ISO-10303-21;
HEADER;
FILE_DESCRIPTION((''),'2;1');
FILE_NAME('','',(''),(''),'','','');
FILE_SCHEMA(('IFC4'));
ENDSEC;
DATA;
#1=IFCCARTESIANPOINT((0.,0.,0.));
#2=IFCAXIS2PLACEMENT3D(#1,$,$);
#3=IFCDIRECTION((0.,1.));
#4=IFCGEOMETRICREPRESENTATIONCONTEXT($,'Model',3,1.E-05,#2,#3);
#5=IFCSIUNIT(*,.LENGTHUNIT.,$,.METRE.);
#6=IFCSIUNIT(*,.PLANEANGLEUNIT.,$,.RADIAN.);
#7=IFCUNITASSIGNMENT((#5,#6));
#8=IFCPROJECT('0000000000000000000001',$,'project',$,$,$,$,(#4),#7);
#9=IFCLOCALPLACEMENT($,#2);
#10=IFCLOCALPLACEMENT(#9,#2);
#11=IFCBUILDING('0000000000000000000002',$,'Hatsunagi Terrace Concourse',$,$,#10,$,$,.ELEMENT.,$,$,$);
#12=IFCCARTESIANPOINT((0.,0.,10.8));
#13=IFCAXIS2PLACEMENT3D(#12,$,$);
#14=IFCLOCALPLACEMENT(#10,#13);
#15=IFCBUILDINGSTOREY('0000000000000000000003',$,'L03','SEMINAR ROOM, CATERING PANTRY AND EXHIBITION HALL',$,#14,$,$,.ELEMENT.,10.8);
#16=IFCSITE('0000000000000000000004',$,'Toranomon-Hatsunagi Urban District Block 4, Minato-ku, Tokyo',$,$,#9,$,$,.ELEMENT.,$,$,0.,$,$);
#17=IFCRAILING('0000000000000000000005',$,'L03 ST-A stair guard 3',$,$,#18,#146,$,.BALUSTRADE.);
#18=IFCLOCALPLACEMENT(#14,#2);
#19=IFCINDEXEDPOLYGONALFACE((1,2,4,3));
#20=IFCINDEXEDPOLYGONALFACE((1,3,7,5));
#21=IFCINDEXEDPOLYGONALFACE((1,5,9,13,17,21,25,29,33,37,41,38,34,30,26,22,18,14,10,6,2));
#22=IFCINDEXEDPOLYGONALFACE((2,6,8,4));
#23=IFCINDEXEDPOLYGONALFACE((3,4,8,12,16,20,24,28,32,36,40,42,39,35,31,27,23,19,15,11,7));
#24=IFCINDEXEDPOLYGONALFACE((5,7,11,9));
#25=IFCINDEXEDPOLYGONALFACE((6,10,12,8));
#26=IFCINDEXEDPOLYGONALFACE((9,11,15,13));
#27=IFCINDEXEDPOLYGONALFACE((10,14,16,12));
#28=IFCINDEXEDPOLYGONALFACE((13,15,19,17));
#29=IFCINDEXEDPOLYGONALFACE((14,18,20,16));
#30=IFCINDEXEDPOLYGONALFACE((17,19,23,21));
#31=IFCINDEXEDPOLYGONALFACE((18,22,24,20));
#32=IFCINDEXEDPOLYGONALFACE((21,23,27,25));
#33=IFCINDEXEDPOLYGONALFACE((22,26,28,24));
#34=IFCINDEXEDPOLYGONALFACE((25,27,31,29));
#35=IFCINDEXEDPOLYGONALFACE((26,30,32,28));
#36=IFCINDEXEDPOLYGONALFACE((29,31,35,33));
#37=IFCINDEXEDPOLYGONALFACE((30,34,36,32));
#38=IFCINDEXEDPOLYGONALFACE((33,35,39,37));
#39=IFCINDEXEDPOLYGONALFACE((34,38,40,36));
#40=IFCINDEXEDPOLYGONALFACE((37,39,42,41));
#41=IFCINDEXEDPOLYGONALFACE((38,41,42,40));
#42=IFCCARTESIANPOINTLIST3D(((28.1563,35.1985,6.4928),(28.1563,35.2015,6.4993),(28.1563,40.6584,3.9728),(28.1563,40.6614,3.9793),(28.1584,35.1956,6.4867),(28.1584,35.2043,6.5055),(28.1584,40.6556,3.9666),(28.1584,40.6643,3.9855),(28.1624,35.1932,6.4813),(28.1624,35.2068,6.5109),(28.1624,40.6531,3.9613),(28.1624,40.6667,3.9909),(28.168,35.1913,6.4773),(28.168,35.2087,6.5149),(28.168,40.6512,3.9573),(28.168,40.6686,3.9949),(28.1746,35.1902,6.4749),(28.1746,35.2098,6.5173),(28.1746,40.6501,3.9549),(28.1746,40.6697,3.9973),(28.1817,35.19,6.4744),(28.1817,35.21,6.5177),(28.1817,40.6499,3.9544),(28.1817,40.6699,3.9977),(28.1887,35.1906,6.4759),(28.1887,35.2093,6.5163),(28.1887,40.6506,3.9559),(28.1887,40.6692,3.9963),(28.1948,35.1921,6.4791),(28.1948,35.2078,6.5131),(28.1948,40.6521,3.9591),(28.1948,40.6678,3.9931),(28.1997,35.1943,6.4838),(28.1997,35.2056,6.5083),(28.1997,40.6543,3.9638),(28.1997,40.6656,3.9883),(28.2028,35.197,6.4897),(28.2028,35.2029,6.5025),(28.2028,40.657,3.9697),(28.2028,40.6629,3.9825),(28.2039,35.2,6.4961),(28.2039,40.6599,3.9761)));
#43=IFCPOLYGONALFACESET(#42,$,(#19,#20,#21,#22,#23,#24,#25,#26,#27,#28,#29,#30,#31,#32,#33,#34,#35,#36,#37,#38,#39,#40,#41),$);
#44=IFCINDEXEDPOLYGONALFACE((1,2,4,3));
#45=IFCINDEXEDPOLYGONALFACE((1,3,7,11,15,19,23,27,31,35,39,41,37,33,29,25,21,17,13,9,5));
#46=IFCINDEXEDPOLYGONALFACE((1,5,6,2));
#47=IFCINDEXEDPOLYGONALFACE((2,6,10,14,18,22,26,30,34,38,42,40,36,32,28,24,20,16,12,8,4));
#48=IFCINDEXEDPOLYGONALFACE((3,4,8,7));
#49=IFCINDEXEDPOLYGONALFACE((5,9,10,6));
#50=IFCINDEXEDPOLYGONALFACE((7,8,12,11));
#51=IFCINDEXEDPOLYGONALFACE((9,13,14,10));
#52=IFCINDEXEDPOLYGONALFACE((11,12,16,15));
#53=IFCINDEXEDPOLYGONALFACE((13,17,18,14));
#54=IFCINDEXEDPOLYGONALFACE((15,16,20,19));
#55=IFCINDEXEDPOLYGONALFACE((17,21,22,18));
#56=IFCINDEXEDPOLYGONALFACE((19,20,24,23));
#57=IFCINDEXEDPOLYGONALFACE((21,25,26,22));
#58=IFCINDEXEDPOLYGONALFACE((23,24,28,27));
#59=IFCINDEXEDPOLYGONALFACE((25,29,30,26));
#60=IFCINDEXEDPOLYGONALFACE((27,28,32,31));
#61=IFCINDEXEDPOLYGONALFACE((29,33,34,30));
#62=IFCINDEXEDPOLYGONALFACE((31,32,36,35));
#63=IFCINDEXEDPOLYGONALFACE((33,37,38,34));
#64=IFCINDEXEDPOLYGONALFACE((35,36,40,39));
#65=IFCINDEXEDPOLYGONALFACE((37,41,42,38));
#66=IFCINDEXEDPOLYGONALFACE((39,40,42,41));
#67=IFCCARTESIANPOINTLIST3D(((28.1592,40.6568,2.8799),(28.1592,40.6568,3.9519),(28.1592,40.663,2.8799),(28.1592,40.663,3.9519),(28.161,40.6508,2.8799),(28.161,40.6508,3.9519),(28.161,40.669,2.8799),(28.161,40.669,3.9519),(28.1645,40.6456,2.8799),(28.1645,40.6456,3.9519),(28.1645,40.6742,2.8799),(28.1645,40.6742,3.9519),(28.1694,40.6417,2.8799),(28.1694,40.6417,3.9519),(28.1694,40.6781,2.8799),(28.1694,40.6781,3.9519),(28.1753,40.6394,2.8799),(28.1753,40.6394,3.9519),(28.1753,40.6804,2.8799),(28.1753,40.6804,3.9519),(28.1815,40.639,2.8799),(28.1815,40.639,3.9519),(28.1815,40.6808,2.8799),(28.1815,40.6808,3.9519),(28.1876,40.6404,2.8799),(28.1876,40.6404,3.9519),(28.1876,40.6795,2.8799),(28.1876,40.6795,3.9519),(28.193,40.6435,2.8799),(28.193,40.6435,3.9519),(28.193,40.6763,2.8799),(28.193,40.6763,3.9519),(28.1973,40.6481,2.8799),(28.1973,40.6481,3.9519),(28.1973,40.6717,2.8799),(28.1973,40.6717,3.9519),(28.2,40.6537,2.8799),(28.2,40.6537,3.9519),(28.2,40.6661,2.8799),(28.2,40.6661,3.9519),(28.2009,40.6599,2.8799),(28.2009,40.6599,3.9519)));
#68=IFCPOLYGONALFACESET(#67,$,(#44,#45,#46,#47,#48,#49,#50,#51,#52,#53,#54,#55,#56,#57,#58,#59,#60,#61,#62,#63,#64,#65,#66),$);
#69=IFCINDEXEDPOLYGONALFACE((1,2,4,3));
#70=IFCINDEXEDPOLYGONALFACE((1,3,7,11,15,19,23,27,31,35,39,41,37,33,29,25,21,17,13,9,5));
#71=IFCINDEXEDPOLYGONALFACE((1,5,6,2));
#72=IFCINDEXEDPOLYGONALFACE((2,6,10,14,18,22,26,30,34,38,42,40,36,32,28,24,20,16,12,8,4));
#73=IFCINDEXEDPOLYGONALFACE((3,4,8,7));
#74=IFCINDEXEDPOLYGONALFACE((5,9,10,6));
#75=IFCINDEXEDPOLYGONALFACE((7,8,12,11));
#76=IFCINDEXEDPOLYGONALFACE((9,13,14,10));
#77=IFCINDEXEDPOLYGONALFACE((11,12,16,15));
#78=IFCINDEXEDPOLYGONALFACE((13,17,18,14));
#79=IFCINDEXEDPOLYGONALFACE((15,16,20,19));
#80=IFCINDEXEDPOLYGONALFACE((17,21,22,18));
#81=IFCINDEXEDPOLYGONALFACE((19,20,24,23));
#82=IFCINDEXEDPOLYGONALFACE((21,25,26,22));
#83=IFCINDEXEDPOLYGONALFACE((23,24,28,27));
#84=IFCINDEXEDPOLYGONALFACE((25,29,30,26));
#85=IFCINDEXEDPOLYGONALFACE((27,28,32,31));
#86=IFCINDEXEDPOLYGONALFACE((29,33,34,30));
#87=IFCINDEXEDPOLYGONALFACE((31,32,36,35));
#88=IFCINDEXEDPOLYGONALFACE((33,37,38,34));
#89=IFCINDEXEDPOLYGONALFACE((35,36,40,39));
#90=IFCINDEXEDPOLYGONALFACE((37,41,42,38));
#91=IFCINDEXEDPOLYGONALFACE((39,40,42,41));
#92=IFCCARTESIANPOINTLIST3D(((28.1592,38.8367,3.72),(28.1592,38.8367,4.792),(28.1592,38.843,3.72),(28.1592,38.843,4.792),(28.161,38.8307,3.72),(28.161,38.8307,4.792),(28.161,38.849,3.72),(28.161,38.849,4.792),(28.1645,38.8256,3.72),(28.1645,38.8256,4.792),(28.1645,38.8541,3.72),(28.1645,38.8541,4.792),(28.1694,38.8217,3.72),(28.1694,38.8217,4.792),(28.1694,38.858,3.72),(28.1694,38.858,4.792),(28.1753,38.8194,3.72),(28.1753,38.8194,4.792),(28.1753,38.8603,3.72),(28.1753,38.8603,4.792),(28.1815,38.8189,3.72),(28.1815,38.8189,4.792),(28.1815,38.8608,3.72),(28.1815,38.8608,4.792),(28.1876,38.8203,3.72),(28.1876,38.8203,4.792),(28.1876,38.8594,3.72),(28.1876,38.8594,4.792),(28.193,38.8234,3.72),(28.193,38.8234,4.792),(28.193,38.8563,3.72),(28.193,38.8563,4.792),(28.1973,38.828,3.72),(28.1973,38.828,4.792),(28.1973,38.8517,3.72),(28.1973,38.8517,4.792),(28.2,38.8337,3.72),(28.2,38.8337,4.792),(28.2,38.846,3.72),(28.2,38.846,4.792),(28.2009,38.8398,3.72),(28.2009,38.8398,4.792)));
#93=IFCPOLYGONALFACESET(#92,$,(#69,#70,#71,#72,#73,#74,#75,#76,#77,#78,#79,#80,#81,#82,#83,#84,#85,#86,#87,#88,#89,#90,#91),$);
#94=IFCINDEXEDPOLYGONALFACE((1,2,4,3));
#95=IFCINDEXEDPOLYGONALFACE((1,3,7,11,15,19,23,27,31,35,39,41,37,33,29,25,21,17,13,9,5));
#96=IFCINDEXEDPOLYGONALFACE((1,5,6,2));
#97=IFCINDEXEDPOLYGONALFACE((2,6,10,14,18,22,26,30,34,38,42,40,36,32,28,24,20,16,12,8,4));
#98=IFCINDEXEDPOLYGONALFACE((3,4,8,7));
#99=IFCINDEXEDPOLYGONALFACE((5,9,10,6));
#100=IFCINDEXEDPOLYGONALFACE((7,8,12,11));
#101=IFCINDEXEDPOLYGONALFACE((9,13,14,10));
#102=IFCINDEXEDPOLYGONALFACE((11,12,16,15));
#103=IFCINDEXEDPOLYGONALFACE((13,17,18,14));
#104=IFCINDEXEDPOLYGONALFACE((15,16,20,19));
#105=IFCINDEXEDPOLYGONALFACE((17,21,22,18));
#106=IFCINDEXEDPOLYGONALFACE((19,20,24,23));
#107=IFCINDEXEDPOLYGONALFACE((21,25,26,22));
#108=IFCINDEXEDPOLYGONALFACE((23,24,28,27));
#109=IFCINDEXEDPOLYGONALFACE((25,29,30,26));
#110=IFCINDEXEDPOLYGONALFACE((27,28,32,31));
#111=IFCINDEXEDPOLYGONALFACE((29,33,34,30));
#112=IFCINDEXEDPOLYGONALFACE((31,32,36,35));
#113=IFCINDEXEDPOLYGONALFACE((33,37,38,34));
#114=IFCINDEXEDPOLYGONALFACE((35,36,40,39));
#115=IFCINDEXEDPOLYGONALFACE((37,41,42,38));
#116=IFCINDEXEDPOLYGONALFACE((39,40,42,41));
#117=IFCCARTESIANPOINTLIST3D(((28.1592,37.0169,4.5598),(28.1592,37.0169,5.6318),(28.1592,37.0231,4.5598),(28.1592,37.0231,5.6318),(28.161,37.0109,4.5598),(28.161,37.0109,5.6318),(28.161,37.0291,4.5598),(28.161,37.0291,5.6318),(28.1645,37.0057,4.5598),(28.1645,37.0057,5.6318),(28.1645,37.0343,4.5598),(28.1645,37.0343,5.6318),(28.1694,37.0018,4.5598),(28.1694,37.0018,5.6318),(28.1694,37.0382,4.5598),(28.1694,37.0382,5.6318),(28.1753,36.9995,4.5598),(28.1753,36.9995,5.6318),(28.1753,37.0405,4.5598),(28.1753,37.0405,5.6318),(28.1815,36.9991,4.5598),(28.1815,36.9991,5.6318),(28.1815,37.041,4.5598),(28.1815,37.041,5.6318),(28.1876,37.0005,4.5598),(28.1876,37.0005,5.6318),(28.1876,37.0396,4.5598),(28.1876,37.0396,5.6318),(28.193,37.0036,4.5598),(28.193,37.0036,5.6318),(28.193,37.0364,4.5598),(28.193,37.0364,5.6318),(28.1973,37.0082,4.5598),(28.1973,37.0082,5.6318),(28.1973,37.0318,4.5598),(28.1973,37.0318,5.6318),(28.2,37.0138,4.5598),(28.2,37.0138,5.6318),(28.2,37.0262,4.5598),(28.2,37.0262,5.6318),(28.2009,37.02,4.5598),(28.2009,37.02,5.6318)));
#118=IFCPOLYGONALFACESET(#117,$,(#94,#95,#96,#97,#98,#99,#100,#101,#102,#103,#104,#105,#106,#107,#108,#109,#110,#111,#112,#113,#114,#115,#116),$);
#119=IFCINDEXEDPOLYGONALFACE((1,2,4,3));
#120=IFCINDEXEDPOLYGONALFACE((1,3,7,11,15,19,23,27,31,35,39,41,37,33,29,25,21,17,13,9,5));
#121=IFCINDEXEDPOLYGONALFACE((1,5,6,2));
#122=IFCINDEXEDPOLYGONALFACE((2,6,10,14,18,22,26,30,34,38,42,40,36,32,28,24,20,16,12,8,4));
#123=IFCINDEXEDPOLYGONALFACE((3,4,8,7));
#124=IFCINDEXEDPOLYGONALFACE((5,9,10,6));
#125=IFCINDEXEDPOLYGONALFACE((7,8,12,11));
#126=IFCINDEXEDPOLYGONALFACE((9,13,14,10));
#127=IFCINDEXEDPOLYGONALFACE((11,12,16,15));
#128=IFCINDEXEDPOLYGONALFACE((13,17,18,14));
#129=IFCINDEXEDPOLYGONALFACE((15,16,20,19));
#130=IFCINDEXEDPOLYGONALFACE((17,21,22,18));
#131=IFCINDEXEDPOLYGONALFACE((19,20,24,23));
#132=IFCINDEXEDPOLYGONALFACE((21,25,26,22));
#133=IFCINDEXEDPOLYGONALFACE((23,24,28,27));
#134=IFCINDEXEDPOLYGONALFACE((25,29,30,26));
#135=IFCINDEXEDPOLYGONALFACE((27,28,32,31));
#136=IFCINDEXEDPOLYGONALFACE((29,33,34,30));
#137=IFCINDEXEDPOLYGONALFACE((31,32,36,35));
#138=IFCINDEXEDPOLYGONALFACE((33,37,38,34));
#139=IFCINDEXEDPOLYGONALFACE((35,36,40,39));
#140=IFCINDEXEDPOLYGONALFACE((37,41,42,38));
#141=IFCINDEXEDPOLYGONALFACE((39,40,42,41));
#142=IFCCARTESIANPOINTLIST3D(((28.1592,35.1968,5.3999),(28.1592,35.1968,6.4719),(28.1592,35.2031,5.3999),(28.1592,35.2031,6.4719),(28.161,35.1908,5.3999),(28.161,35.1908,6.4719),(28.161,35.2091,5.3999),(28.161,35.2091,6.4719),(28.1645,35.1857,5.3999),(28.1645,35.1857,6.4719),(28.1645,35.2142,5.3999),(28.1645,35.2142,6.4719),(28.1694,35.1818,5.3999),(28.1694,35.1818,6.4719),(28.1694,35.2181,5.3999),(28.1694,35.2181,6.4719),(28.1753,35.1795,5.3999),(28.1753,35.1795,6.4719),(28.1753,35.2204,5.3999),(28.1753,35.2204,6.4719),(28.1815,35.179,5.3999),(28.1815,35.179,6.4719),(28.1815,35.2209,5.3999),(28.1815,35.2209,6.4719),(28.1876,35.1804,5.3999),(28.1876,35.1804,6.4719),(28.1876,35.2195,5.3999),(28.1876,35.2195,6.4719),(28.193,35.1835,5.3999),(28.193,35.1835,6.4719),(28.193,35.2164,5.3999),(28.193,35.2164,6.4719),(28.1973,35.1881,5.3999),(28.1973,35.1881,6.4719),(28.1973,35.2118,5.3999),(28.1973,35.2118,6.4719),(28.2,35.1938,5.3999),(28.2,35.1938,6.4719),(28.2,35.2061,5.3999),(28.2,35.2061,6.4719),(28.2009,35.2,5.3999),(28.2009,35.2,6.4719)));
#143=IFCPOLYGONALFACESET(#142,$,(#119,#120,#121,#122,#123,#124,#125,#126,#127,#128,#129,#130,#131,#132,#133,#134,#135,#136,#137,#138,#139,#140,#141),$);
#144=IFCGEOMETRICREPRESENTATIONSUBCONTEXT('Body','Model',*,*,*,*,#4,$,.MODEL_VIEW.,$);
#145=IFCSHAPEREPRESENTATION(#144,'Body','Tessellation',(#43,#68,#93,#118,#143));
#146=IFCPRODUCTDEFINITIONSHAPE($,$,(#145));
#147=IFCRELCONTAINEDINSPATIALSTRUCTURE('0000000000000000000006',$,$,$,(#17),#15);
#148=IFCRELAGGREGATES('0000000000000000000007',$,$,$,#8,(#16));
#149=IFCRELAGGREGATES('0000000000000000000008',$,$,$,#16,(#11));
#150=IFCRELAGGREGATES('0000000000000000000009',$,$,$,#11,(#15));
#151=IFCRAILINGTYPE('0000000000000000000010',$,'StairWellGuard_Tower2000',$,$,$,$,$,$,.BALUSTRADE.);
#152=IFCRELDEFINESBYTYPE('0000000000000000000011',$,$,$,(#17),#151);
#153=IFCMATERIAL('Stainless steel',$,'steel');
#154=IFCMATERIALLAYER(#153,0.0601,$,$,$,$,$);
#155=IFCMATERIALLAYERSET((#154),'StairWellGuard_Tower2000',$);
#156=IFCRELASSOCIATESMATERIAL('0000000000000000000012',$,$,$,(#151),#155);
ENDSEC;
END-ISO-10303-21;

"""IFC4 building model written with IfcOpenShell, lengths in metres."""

from ifc_helpers import new_model, si_unit, direction, frame, origin, origin_2d, place, context, subcontext, project, spatial, circle, extrude, material, layer, layer_set, type_object, element, save


model = new_model("IFC4")

# Units and contexts
model_context = context("Model", 3, precision=1e-05, world=origin(), true_north=direction((0.0, 1.0)))
body_context = subcontext(model_context, "Body", "Model", "MODEL_VIEW")
ifc_project = project(units=[si_unit("LENGTHUNIT", "METRE"), si_unit("PLANEANGLEUNIT", "RADIAN")], contexts=[model_context])

# Site, building, storey
site_placement = place(None, origin())
site = spatial("IfcSite", under=ifc_project, at=site_placement, Name="Toranomon-Hatsunagi Urban District Block 4, Minato-ku, Tokyo", CompositionType="ELEMENT", RefElevation=0.0)
building_placement = place(site_placement, origin())
building = spatial("IfcBuilding", under=site, at=building_placement, Name="Hatsunagi Terrace Concourse", CompositionType="ELEMENT")
storey_placement = place(building_placement, frame((0.0, 0.0, 10.8)))
storey = spatial("IfcBuildingStorey", under=building, at=storey_placement, Name="L03", Description="SEMINAR ROOM, CATERING PANTRY AND EXHIBITION HALL", CompositionType="ELEMENT", Elevation=10.8)

# Railing
ifc_material_1 = material(Name="Stainless steel", Category="steel")
ifc_layer_1 = layer(ifc_material_1, 0.0601)
ifc_layer_set_1 = layer_set([ifc_layer_1], Name="StairWellGuard_Tower2000")
railing_type_1 = type_object("IfcRailingType", Name="StairWellGuard_Tower2000", PredefinedType="BALUSTRADE", material=ifc_layer_set_1)
railing_1_placement = place(storey_placement, frame((28.1799, 40.6599, 2.8799)))
element("IfcRailing", 1, at=railing_1_placement, inside=storey, type_object=railing_type_1, Name="L03 ST-A stair guard 3", PredefinedType="BALUSTRADE", context=body_context, shape_type="SweptSolid", body=[
    extrude(circle(Radius=0.0239, at=origin_2d()), frame((0.0, 0.0, 1.0962), z_axis=(0.0, -0.907957, 0.419063), x_axis=(1.0, 0.0, 0.0)), (0.0, 0.0, 1.0), 6.0134),
    extrude(circle(Radius=0.021, at=origin_2d()), origin(), (0.0, 0.0, 1.0), 1.072),
    extrude(circle(Radius=0.021, at=origin_2d()), frame((0.0, -1.8201, 0.8401)), (0.0, 0.0, 1.0), 1.072),
    extrude(circle(Radius=0.021, at=origin_2d()), frame((0.0, -3.6399, 1.6799)), (0.0, 0.0, 1.0), 1.072),
    extrude(circle(Radius=0.021, at=origin_2d()), frame((0.0, -5.46, 2.52)), (0.0, 0.0, 1.0), 1.072),
])

save(model, "model.ifc")
